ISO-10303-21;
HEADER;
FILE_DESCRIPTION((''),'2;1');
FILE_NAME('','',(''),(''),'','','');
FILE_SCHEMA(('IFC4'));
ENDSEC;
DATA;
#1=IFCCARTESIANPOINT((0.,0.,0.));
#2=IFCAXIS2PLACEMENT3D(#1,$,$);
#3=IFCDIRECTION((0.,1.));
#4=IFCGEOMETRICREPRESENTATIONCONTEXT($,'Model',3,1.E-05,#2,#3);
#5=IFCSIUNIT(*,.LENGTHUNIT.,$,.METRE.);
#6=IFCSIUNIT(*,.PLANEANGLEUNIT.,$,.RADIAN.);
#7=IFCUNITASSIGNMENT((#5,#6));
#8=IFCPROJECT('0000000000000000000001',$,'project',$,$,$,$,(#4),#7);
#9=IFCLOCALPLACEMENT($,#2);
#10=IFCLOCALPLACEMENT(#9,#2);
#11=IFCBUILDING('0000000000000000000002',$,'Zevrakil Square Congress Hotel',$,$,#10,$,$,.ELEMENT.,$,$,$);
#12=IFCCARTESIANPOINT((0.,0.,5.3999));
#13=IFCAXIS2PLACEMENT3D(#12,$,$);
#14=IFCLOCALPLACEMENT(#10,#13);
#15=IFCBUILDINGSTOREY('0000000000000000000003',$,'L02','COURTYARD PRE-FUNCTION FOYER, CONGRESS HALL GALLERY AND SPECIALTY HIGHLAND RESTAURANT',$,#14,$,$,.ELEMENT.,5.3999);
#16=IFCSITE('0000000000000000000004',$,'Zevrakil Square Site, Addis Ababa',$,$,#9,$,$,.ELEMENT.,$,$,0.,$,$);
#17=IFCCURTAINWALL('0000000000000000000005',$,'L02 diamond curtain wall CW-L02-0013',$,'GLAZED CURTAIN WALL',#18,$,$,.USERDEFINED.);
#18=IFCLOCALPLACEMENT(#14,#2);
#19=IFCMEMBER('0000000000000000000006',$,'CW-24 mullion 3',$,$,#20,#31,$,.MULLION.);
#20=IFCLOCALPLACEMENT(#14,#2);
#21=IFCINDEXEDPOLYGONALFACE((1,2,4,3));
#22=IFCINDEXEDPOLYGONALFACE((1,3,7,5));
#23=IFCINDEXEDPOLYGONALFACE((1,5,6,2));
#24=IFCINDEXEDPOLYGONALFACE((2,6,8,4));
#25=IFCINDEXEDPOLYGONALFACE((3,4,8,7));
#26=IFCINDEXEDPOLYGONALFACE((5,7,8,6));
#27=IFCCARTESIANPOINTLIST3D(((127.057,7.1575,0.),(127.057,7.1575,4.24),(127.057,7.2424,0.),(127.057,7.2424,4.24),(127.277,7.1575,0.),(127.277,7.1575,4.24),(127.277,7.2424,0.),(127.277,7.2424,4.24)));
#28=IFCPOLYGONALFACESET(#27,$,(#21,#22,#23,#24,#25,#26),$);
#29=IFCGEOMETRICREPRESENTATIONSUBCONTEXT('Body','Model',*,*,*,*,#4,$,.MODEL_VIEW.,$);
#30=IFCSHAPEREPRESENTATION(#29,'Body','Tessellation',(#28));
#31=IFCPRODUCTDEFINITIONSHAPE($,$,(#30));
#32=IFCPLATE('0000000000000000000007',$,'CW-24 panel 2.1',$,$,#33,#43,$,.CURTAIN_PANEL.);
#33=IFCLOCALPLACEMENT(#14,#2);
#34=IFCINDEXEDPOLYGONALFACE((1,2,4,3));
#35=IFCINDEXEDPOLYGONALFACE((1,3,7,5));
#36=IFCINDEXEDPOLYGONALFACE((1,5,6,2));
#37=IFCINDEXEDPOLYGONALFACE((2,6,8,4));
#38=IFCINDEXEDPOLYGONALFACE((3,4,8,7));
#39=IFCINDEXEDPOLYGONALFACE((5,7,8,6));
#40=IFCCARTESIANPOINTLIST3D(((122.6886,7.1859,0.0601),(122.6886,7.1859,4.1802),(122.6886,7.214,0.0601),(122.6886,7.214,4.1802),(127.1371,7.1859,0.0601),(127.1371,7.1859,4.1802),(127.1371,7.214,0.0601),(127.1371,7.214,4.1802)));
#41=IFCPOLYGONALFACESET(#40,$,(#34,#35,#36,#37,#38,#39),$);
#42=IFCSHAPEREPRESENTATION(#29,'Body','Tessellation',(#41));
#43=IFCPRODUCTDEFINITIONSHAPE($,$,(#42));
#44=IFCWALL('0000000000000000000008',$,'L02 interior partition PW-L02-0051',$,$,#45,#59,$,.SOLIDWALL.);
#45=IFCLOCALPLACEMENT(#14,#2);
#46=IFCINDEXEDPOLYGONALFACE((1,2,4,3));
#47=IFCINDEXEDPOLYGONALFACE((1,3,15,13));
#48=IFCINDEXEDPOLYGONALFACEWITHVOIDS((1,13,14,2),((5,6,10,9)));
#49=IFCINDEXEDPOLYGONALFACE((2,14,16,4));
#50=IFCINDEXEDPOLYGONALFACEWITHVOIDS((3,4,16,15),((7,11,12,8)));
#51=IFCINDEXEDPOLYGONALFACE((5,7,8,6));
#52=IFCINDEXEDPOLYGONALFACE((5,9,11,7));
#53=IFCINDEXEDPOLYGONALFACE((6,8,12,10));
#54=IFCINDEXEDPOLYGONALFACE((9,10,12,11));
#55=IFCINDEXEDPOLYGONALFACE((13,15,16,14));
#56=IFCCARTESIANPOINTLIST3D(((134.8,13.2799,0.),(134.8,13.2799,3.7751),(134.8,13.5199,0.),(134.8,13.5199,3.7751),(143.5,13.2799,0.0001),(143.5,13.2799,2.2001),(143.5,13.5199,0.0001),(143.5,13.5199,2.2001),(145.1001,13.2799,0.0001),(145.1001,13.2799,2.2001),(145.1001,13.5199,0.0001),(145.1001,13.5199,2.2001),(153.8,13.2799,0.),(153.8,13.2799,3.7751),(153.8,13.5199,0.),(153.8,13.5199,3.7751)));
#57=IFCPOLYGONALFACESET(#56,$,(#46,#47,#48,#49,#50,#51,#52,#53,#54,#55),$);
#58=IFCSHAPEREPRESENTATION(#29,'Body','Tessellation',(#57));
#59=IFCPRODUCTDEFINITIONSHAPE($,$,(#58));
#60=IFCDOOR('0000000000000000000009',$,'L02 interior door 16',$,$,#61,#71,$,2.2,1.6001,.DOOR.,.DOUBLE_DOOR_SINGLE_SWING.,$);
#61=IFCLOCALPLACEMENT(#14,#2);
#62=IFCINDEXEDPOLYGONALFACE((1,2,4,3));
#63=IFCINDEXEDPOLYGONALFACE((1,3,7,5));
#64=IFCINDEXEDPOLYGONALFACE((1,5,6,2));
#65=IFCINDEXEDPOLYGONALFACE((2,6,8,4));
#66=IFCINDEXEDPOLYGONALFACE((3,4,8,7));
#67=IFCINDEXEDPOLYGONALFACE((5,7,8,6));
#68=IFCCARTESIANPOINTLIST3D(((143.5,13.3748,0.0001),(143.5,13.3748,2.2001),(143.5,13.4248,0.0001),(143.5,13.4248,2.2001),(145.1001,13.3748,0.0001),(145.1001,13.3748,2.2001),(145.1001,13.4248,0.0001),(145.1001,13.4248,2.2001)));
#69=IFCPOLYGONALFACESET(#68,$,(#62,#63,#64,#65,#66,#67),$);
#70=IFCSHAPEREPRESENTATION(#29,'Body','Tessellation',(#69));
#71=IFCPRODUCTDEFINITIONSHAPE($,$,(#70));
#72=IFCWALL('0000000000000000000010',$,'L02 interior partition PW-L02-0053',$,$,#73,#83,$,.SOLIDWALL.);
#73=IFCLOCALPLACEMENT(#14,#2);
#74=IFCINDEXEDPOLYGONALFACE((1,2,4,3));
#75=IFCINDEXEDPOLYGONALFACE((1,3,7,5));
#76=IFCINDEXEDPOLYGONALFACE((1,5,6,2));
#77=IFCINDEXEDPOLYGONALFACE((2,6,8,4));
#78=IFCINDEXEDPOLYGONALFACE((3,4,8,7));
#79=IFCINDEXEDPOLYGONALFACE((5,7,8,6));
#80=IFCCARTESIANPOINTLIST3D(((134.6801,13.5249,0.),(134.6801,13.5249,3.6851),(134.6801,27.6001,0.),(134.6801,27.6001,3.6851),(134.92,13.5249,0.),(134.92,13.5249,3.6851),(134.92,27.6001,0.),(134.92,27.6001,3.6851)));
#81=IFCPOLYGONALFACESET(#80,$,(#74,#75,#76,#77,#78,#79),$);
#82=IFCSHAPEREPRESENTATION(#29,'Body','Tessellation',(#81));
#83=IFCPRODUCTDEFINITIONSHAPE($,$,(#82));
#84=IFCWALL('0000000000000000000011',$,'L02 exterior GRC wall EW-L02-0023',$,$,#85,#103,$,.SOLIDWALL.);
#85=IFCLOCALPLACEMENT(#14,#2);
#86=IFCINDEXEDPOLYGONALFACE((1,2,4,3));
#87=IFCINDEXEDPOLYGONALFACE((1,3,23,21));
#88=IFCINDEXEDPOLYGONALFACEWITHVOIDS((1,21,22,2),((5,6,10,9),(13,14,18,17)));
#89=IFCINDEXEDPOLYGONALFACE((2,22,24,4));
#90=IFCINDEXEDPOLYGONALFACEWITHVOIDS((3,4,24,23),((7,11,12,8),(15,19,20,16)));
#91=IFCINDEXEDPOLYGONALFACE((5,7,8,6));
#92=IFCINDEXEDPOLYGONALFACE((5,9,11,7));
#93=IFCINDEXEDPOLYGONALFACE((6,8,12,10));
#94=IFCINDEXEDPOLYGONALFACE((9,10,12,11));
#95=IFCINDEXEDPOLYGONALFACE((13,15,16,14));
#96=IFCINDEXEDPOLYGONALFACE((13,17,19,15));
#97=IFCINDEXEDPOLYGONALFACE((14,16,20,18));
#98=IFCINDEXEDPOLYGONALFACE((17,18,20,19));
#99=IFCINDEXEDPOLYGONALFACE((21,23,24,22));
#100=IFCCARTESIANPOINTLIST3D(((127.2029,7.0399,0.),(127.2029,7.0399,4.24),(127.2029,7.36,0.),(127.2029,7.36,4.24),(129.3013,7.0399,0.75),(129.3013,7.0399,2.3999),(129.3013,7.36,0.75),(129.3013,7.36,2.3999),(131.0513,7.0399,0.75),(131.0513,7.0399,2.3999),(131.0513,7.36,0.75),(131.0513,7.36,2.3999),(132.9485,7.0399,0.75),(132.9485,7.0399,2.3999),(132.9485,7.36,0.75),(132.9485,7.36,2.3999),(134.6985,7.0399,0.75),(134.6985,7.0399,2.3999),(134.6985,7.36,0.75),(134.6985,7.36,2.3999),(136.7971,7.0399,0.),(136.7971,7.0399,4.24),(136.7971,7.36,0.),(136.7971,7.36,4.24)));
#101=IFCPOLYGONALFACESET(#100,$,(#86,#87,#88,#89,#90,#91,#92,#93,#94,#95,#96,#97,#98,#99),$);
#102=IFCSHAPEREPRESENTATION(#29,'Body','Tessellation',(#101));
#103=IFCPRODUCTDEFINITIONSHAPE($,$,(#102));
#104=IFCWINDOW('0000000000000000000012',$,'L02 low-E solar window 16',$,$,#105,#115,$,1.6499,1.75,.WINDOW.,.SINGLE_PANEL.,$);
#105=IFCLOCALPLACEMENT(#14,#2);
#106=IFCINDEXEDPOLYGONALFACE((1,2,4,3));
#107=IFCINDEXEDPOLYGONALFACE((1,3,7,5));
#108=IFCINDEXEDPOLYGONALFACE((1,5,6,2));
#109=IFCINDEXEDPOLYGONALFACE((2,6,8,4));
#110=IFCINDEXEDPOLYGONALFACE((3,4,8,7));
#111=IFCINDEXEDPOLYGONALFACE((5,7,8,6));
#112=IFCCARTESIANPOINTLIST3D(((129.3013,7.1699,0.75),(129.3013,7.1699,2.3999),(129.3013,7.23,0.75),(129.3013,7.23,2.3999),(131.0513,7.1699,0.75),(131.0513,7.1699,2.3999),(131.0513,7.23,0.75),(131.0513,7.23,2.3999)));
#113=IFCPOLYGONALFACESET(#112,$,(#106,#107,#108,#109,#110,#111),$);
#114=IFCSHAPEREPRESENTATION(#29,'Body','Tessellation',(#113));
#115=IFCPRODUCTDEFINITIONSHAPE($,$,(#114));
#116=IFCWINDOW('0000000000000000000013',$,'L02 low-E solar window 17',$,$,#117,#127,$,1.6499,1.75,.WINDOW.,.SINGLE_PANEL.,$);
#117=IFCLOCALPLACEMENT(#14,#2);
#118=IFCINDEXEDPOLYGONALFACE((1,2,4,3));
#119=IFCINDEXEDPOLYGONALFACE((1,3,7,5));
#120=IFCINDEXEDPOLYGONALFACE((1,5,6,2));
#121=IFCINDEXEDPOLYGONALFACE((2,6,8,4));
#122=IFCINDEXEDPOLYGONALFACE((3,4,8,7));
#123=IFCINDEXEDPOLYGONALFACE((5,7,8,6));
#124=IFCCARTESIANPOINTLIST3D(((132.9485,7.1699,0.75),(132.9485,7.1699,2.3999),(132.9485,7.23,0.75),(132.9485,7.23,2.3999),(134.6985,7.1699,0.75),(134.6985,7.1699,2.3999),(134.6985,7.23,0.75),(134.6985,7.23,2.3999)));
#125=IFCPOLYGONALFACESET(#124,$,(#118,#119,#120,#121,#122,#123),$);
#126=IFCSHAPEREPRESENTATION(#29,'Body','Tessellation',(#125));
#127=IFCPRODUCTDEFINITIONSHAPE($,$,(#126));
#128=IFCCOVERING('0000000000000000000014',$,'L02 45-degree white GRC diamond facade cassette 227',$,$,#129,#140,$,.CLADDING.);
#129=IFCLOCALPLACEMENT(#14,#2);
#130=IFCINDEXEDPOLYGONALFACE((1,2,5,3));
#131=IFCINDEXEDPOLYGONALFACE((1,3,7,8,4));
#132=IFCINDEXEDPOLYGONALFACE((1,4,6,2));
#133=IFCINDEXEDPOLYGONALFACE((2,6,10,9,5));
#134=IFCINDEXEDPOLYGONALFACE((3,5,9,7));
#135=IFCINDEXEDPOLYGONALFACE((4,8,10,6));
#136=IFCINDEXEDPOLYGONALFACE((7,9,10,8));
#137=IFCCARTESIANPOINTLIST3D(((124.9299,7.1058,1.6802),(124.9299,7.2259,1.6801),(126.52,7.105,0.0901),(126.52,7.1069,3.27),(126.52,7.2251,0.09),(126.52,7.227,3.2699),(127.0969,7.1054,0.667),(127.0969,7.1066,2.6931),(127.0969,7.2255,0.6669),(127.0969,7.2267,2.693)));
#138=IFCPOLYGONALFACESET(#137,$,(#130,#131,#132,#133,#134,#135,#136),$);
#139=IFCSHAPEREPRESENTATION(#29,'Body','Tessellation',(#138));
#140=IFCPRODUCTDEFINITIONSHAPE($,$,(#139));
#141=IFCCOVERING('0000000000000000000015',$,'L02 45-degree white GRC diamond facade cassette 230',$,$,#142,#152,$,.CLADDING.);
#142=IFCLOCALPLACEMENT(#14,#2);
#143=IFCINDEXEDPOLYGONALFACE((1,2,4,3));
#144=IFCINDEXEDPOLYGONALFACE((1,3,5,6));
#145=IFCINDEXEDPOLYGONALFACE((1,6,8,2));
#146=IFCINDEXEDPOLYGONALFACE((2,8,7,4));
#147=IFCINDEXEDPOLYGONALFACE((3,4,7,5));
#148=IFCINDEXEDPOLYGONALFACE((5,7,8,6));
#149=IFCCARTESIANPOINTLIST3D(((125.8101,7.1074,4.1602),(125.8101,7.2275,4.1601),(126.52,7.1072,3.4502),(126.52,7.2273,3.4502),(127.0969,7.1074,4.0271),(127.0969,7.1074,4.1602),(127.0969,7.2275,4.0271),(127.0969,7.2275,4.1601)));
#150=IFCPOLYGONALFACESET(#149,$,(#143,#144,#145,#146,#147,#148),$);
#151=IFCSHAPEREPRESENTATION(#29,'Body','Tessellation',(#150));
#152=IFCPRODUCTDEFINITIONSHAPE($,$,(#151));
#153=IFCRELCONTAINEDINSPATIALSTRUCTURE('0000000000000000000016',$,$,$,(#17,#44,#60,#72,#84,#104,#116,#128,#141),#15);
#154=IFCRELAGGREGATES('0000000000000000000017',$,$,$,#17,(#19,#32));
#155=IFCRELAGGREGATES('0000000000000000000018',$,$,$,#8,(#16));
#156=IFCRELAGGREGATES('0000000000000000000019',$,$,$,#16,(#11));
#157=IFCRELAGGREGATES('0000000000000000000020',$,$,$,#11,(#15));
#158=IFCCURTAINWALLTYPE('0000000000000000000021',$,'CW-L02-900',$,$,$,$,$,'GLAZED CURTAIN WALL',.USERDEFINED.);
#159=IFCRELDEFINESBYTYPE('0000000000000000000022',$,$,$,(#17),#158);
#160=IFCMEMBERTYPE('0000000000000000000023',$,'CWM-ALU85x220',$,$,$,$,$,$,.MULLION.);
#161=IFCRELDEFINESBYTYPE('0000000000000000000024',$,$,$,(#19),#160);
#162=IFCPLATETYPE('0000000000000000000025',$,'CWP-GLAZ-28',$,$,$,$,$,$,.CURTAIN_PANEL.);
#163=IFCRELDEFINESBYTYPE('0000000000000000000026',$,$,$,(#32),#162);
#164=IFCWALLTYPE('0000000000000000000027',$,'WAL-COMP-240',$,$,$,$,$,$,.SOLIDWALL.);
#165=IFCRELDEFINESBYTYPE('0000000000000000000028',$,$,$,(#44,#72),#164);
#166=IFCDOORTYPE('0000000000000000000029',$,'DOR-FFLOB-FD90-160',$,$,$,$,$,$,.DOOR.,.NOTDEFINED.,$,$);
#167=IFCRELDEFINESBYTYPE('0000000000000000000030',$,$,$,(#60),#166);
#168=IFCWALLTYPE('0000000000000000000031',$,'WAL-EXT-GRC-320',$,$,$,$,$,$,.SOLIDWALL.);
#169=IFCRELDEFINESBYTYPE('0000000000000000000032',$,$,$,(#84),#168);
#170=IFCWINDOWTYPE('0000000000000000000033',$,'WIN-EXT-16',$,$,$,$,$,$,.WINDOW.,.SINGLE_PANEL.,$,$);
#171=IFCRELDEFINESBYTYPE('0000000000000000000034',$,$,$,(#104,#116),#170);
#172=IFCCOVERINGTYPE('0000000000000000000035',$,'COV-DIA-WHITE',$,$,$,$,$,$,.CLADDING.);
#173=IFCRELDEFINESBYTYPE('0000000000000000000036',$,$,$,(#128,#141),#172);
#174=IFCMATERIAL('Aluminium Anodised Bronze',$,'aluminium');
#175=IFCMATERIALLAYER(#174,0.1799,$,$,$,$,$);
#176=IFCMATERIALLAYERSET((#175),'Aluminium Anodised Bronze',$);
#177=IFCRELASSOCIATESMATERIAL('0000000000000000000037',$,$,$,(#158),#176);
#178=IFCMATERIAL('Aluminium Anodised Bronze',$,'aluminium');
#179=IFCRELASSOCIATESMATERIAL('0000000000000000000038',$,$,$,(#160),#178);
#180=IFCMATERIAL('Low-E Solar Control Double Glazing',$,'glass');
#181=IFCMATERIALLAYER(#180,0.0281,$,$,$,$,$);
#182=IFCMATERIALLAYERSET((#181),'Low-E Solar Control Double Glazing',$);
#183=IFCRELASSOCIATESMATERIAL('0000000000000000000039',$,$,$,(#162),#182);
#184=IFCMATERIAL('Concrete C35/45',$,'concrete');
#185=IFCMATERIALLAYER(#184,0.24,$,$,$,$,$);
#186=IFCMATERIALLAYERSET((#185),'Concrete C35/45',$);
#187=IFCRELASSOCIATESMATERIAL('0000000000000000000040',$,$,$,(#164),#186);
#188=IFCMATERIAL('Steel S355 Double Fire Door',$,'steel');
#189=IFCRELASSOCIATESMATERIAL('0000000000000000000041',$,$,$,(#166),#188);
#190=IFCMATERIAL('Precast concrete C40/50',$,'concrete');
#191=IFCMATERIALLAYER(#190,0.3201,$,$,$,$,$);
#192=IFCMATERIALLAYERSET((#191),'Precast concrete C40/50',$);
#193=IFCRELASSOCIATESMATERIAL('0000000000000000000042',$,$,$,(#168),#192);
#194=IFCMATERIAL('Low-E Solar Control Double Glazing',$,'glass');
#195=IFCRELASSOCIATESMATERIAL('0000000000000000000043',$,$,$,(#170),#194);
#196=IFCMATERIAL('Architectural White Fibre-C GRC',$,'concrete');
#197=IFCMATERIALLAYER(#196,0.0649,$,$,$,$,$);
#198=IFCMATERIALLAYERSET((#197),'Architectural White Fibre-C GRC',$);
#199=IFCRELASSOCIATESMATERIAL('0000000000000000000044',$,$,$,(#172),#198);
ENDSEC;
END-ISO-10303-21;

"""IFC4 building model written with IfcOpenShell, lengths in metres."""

from ifc_helpers import new_model, si_unit, direction, frame, frame_2d, origin, origin_2d, place, context, subcontext, project, spatial, polyline, rectangle, outline, extrude, material, layer, layer_set, material_profile, profile_set, type_object, element, fill, aggregate, save


model = new_model("IFC4")

# Units and contexts
model_context = context("Model", 3, precision=1e-05, world=origin(), true_north=direction((0.0, 1.0)))
body_context = subcontext(model_context, "Body", "Model", "MODEL_VIEW")
ifc_project = project(units=[si_unit("LENGTHUNIT", "METRE"), si_unit("PLANEANGLEUNIT", "RADIAN")], contexts=[model_context])

# Site, building, storey
site_placement = place(None, origin())
site = spatial("IfcSite", under=ifc_project, at=site_placement, Name="Zevrakil Square Site, Addis Ababa", CompositionType="ELEMENT", RefElevation=0.0)
building_placement = place(site_placement, origin())
building = spatial("IfcBuilding", under=site, at=building_placement, Name="Zevrakil Square Congress Hotel", CompositionType="ELEMENT")
storey_placement = place(building_placement, frame((0.0, 0.0, 5.3999)))
storey = spatial("IfcBuildingStorey", under=building, at=storey_placement, Name="L02", Description="COURTYARD PRE-FUNCTION FOYER, CONGRESS HALL GALLERY AND SPECIALTY HIGHLAND RESTAURANT", CompositionType="ELEMENT", Elevation=5.3999)

# Curtain wall, member, plate
ifc_material_1 = material(Name="Aluminium Anodised Bronze", Category="aluminium")
ifc_layer_1 = layer(ifc_material_1, 0.1799)
ifc_layer_set_1 = layer_set([ifc_layer_1], Name="Aluminium Anodised Bronze")
curtain_wall_type = type_object("IfcCurtainWallType", Name="CW-L02-900", ElementType="GLAZED CURTAIN WALL", PredefinedType="USERDEFINED", material=ifc_layer_set_1)
curtain_wall_placement = place(storey_placement, origin())
curtain_wall = element("IfcCurtainWall", 1, at=curtain_wall_placement, inside=storey, type_object=curtain_wall_type, Name="L02 diamond curtain wall CW-L02-0013", ObjectType="GLAZED CURTAIN WALL", PredefinedType="USERDEFINED")
ifc_material_2 = material(Name="Aluminium Anodised Bronze", Category="aluminium")
ifc_material_profile_1 = material_profile(ifc_material_2, rectangle(XDim=0.085, YDim=0.22, at=origin_2d()), Name="ALU 85x220")
ifc_profile_set_1 = profile_set([ifc_material_profile_1], Name="Aluminium Anodised Bronze")
member_type = type_object("IfcMemberType", Name="CWM-ALU85x220", PredefinedType="MULLION", material=ifc_profile_set_1)
member_placement = place(storey_placement, frame((127.167, 7.2, 0.0), z_axis=(0.0, 0.0, 1.0), x_axis=(0.0, 1.0, 0.0)))
member = element("IfcMember", 2, at=member_placement, type_object=member_type, Name="CW-24 mullion 3", PredefinedType="MULLION", context=body_context, shape_type="SweptSolid", body=[
    extrude(rectangle(XDim=0.085, YDim=0.22, at=origin_2d()), origin(), (0.0, 0.0, 1.0), 4.24),
])
ifc_material_3 = material(Name="Low-E Solar Control Double Glazing", Category="glass")
ifc_layer_2 = layer(ifc_material_3, 0.0281)
ifc_layer_set_2 = layer_set([ifc_layer_2], Name="Low-E Solar Control Double Glazing")
plate_type = type_object("IfcPlateType", Name="CWP-GLAZ-28", PredefinedType="CURTAIN_PANEL", material=ifc_layer_set_2)
plate_placement = place(storey_placement, frame((124.9128, 7.2, 0.0601), z_axis=(0.0, 0.0, 1.0), x_axis=(1.0, 0.0, 0.0)))
plate = element("IfcPlate", 3, at=plate_placement, type_object=plate_type, Name="CW-24 panel 2.1", PredefinedType="CURTAIN_PANEL", context=body_context, shape_type="SweptSolid", body=[
    extrude(rectangle(XDim=4.4485, YDim=0.0281, at=origin_2d()), origin(), (0.0, 0.0, 1.0), 4.1201),
])
aggregate(curtain_wall, [member, plate])

# Wall, opening, door
ifc_material_4 = material(Name="Concrete C35/45", Category="concrete")
ifc_layer_3 = layer(ifc_material_4, 0.24)
ifc_layer_set_3 = layer_set([ifc_layer_3], Name="Concrete C35/45")
wall_type_1 = type_object("IfcWallType", Name="WAL-COMP-240", PredefinedType="SOLIDWALL", material=ifc_layer_set_3)
wall_1_placement = place(storey_placement, frame((134.8, 13.3999, 0.0), z_axis=(0.0, 0.0, 1.0), x_axis=(1.0, 0.0, 0.0)))
wall_1 = element("IfcWall", 4, at=wall_1_placement, inside=storey, type_object=wall_type_1, Name="L02 interior partition PW-L02-0051", PredefinedType="SOLIDWALL", context=body_context, shape_type="SweptSolid", body=[
    extrude(rectangle(XDim=19.0, YDim=0.24, at=frame_2d((9.5, 0.0))), origin(), (0.0, 0.0, 1.0), 3.7751),
])
opening_1_placement = place(wall_1_placement, frame((8.7, 0.0, 0.0)))
opening_1 = element("IfcOpeningElement", 5, at=opening_1_placement, cuts=wall_1, PredefinedType="OPENING", context=body_context, shape_type="SweptSolid", body=[
    extrude(rectangle(XDim=1.6001, YDim=2.2, at=frame_2d((0.8, 1.1001))), frame((0.0, 0.1299, 0.0), z_axis=(0.0, -1.0, 0.0), x_axis=(1.0, 0.0, 0.0)), (0.0, 0.0, 1.0), 0.26),
])
ifc_material_5 = material(Name="Steel S355 Double Fire Door", Category="steel")
door_type = type_object("IfcDoorType", Name="DOR-FFLOB-FD90-160", OperationType="NOTDEFINED", PredefinedType="DOOR", material=ifc_material_5)
door_placement = place(opening_1_placement, origin())
door = element("IfcDoor", 6, at=door_placement, inside=storey, type_object=door_type, Name="L02 interior door 16", OperationType="DOUBLE_DOOR_SINGLE_SWING", OverallHeight=2.2, OverallWidth=1.6001, PredefinedType="DOOR", context=body_context, shape_type="SweptSolid", body=[
    extrude(rectangle(XDim=1.6001, YDim=2.2, at=frame_2d((0.8, 1.1001))), frame((0.0, 0.0249, 0.0), z_axis=(0.0, -1.0, 0.0), x_axis=(1.0, 0.0, 0.0)), (0.0, 0.0, 1.0), 0.05),
])
fill(opening_1, door)

# Wall
wall_2_placement = place(storey_placement, frame((134.8, 13.5249, 0.0), z_axis=(0.0, 0.0, 1.0), x_axis=(0.0, 1.0, 0.0)))
element("IfcWall", 7, at=wall_2_placement, inside=storey, type_object=wall_type_1, Name="L02 interior partition PW-L02-0053", PredefinedType="SOLIDWALL", context=body_context, shape_type="SweptSolid", body=[
    extrude(rectangle(XDim=14.0752, YDim=0.24, at=frame_2d((7.0376, 0.0))), origin(), (0.0, 0.0, 1.0), 3.6851),
])

# Wall, openings, windows
ifc_material_6 = material(Name="Precast concrete C40/50", Category="concrete")
ifc_layer_4 = layer(ifc_material_6, 0.3201)
ifc_layer_set_4 = layer_set([ifc_layer_4], Name="Precast concrete C40/50")
wall_type_2 = type_object("IfcWallType", Name="WAL-EXT-GRC-320", PredefinedType="SOLIDWALL", material=ifc_layer_set_4)
wall_3_placement = place(storey_placement, frame((127.2029, 7.2, 0.0), z_axis=(0.0, 0.0, 1.0), x_axis=(1.0, 0.0, 0.0)))
wall_3 = element("IfcWall", 8, at=wall_3_placement, inside=storey, type_object=wall_type_2, Name="L02 exterior GRC wall EW-L02-0023", PredefinedType="SOLIDWALL", context=body_context, shape_type="SweptSolid", body=[
    extrude(rectangle(XDim=9.5942, YDim=0.3201, at=frame_2d((4.7971, 0.0))), origin(), (0.0, 0.0, 1.0), 4.24),
])
opening_2_placement = place(wall_3_placement, frame((2.0984, 0.0, 0.75)))
opening_2 = element("IfcOpeningElement", 9, at=opening_2_placement, cuts=wall_3, PredefinedType="OPENING", context=body_context, shape_type="SweptSolid", body=[
    extrude(rectangle(XDim=1.75, YDim=1.6499, at=frame_2d((0.875, 0.825))), frame((0.0, 0.1699, 0.0), z_axis=(0.0, -1.0, 0.0), x_axis=(1.0, 0.0, 0.0)), (0.0, 0.0, 1.0), 0.3401),
])
opening_3_placement = place(wall_3_placement, frame((5.7456, 0.0, 0.75)))
opening_3 = element("IfcOpeningElement", 10, at=opening_3_placement, cuts=wall_3, PredefinedType="OPENING", context=body_context, shape_type="SweptSolid", body=[
    extrude(rectangle(XDim=1.75, YDim=1.6499, at=frame_2d((0.875, 0.825))), frame((0.0, 0.1699, 0.0), z_axis=(0.0, -1.0, 0.0), x_axis=(1.0, 0.0, 0.0)), (0.0, 0.0, 1.0), 0.3401),
])
ifc_material_7 = material(Name="Low-E Solar Control Double Glazing", Category="glass")
window_type = type_object("IfcWindowType", Name="WIN-EXT-16", PartitioningType="SINGLE_PANEL", PredefinedType="WINDOW", material=ifc_material_7)
window_1_placement = place(opening_2_placement, origin())
window_1 = element("IfcWindow", 11, at=window_1_placement, inside=storey, type_object=window_type, Name="L02 low-E solar window 16", OverallHeight=1.6499, OverallWidth=1.75, PartitioningType="SINGLE_PANEL", PredefinedType="WINDOW", context=body_context, shape_type="SweptSolid", body=[
    extrude(rectangle(XDim=1.75, YDim=1.6499, at=frame_2d((0.875, 0.825))), frame((0.0, 0.03, 0.0), z_axis=(0.0, -1.0, 0.0), x_axis=(1.0, 0.0, 0.0)), (0.0, 0.0, 1.0), 0.0601),
])
fill(opening_2, window_1)
window_2_placement = place(opening_3_placement, origin())
window_2 = element("IfcWindow", 12, at=window_2_placement, inside=storey, type_object=window_type, Name="L02 low-E solar window 17", OverallHeight=1.6499, OverallWidth=1.75, PartitioningType="SINGLE_PANEL", PredefinedType="WINDOW", context=body_context, shape_type="SweptSolid", body=[
    extrude(rectangle(XDim=1.75, YDim=1.6499, at=frame_2d((0.875, 0.825))), frame((0.0, 0.03, 0.0), z_axis=(0.0, -1.0, 0.0), x_axis=(1.0, 0.0, 0.0)), (0.0, 0.0, 1.0), 0.0601),
])
fill(opening_3, window_2)

# Coverings
ifc_material_8 = material(Name="Architectural White Fibre-C GRC", Category="concrete")
ifc_layer_5 = layer(ifc_material_8, 0.0649)
ifc_layer_set_5 = layer_set([ifc_layer_5], Name="Architectural White Fibre-C GRC")
covering_type = type_object("IfcCoveringType", Name="COV-DIA-WHITE", PredefinedType="CLADDING", material=ifc_layer_set_5)
covering_1_placement = place(storey_placement, frame((126.52, 7.105, 0.0901), z_axis=(0.000079, -1.0, 0.000613), x_axis=(-0.707107, 0.000377, 0.707107)))
element("IfcCovering", 13, at=covering_1_placement, inside=storey, type_object=covering_type, Name="L02 45-degree white GRC diamond facade cassette 227", PredefinedType="CLADDING", context=body_context, shape_type="SweptSolid", body=[
    extrude(outline(polyline([(0.0, 0.0), (2.2487, 0.0), (2.2486, -2.2486), (1.4327, -2.2486), (0.0, -0.8159), (0.0, 0.0)])), origin(), (0.0, 0.0, -1.0), 0.1201),
])
covering_2_placement = place(storey_placement, frame((126.52, 7.1072, 3.4502), z_axis=(0.000033, -1.0, 0.000317), x_axis=(-0.707107, 0.000201, 0.707107)))
element("IfcCovering", 14, at=covering_2_placement, inside=storey, type_object=covering_type, Name="L02 45-degree white GRC diamond facade cassette 230", PredefinedType="CLADDING", context=body_context, shape_type="SweptSolid", body=[
    extrude(outline(polyline([(0.0, 0.0), (1.004, 0.0), (0.0941, -0.91), (0.0, -0.8159), (0.0, 0.0)])), origin(), (0.0, 0.0, -1.0), 0.1201),
])

save(model, "model.ifc")
